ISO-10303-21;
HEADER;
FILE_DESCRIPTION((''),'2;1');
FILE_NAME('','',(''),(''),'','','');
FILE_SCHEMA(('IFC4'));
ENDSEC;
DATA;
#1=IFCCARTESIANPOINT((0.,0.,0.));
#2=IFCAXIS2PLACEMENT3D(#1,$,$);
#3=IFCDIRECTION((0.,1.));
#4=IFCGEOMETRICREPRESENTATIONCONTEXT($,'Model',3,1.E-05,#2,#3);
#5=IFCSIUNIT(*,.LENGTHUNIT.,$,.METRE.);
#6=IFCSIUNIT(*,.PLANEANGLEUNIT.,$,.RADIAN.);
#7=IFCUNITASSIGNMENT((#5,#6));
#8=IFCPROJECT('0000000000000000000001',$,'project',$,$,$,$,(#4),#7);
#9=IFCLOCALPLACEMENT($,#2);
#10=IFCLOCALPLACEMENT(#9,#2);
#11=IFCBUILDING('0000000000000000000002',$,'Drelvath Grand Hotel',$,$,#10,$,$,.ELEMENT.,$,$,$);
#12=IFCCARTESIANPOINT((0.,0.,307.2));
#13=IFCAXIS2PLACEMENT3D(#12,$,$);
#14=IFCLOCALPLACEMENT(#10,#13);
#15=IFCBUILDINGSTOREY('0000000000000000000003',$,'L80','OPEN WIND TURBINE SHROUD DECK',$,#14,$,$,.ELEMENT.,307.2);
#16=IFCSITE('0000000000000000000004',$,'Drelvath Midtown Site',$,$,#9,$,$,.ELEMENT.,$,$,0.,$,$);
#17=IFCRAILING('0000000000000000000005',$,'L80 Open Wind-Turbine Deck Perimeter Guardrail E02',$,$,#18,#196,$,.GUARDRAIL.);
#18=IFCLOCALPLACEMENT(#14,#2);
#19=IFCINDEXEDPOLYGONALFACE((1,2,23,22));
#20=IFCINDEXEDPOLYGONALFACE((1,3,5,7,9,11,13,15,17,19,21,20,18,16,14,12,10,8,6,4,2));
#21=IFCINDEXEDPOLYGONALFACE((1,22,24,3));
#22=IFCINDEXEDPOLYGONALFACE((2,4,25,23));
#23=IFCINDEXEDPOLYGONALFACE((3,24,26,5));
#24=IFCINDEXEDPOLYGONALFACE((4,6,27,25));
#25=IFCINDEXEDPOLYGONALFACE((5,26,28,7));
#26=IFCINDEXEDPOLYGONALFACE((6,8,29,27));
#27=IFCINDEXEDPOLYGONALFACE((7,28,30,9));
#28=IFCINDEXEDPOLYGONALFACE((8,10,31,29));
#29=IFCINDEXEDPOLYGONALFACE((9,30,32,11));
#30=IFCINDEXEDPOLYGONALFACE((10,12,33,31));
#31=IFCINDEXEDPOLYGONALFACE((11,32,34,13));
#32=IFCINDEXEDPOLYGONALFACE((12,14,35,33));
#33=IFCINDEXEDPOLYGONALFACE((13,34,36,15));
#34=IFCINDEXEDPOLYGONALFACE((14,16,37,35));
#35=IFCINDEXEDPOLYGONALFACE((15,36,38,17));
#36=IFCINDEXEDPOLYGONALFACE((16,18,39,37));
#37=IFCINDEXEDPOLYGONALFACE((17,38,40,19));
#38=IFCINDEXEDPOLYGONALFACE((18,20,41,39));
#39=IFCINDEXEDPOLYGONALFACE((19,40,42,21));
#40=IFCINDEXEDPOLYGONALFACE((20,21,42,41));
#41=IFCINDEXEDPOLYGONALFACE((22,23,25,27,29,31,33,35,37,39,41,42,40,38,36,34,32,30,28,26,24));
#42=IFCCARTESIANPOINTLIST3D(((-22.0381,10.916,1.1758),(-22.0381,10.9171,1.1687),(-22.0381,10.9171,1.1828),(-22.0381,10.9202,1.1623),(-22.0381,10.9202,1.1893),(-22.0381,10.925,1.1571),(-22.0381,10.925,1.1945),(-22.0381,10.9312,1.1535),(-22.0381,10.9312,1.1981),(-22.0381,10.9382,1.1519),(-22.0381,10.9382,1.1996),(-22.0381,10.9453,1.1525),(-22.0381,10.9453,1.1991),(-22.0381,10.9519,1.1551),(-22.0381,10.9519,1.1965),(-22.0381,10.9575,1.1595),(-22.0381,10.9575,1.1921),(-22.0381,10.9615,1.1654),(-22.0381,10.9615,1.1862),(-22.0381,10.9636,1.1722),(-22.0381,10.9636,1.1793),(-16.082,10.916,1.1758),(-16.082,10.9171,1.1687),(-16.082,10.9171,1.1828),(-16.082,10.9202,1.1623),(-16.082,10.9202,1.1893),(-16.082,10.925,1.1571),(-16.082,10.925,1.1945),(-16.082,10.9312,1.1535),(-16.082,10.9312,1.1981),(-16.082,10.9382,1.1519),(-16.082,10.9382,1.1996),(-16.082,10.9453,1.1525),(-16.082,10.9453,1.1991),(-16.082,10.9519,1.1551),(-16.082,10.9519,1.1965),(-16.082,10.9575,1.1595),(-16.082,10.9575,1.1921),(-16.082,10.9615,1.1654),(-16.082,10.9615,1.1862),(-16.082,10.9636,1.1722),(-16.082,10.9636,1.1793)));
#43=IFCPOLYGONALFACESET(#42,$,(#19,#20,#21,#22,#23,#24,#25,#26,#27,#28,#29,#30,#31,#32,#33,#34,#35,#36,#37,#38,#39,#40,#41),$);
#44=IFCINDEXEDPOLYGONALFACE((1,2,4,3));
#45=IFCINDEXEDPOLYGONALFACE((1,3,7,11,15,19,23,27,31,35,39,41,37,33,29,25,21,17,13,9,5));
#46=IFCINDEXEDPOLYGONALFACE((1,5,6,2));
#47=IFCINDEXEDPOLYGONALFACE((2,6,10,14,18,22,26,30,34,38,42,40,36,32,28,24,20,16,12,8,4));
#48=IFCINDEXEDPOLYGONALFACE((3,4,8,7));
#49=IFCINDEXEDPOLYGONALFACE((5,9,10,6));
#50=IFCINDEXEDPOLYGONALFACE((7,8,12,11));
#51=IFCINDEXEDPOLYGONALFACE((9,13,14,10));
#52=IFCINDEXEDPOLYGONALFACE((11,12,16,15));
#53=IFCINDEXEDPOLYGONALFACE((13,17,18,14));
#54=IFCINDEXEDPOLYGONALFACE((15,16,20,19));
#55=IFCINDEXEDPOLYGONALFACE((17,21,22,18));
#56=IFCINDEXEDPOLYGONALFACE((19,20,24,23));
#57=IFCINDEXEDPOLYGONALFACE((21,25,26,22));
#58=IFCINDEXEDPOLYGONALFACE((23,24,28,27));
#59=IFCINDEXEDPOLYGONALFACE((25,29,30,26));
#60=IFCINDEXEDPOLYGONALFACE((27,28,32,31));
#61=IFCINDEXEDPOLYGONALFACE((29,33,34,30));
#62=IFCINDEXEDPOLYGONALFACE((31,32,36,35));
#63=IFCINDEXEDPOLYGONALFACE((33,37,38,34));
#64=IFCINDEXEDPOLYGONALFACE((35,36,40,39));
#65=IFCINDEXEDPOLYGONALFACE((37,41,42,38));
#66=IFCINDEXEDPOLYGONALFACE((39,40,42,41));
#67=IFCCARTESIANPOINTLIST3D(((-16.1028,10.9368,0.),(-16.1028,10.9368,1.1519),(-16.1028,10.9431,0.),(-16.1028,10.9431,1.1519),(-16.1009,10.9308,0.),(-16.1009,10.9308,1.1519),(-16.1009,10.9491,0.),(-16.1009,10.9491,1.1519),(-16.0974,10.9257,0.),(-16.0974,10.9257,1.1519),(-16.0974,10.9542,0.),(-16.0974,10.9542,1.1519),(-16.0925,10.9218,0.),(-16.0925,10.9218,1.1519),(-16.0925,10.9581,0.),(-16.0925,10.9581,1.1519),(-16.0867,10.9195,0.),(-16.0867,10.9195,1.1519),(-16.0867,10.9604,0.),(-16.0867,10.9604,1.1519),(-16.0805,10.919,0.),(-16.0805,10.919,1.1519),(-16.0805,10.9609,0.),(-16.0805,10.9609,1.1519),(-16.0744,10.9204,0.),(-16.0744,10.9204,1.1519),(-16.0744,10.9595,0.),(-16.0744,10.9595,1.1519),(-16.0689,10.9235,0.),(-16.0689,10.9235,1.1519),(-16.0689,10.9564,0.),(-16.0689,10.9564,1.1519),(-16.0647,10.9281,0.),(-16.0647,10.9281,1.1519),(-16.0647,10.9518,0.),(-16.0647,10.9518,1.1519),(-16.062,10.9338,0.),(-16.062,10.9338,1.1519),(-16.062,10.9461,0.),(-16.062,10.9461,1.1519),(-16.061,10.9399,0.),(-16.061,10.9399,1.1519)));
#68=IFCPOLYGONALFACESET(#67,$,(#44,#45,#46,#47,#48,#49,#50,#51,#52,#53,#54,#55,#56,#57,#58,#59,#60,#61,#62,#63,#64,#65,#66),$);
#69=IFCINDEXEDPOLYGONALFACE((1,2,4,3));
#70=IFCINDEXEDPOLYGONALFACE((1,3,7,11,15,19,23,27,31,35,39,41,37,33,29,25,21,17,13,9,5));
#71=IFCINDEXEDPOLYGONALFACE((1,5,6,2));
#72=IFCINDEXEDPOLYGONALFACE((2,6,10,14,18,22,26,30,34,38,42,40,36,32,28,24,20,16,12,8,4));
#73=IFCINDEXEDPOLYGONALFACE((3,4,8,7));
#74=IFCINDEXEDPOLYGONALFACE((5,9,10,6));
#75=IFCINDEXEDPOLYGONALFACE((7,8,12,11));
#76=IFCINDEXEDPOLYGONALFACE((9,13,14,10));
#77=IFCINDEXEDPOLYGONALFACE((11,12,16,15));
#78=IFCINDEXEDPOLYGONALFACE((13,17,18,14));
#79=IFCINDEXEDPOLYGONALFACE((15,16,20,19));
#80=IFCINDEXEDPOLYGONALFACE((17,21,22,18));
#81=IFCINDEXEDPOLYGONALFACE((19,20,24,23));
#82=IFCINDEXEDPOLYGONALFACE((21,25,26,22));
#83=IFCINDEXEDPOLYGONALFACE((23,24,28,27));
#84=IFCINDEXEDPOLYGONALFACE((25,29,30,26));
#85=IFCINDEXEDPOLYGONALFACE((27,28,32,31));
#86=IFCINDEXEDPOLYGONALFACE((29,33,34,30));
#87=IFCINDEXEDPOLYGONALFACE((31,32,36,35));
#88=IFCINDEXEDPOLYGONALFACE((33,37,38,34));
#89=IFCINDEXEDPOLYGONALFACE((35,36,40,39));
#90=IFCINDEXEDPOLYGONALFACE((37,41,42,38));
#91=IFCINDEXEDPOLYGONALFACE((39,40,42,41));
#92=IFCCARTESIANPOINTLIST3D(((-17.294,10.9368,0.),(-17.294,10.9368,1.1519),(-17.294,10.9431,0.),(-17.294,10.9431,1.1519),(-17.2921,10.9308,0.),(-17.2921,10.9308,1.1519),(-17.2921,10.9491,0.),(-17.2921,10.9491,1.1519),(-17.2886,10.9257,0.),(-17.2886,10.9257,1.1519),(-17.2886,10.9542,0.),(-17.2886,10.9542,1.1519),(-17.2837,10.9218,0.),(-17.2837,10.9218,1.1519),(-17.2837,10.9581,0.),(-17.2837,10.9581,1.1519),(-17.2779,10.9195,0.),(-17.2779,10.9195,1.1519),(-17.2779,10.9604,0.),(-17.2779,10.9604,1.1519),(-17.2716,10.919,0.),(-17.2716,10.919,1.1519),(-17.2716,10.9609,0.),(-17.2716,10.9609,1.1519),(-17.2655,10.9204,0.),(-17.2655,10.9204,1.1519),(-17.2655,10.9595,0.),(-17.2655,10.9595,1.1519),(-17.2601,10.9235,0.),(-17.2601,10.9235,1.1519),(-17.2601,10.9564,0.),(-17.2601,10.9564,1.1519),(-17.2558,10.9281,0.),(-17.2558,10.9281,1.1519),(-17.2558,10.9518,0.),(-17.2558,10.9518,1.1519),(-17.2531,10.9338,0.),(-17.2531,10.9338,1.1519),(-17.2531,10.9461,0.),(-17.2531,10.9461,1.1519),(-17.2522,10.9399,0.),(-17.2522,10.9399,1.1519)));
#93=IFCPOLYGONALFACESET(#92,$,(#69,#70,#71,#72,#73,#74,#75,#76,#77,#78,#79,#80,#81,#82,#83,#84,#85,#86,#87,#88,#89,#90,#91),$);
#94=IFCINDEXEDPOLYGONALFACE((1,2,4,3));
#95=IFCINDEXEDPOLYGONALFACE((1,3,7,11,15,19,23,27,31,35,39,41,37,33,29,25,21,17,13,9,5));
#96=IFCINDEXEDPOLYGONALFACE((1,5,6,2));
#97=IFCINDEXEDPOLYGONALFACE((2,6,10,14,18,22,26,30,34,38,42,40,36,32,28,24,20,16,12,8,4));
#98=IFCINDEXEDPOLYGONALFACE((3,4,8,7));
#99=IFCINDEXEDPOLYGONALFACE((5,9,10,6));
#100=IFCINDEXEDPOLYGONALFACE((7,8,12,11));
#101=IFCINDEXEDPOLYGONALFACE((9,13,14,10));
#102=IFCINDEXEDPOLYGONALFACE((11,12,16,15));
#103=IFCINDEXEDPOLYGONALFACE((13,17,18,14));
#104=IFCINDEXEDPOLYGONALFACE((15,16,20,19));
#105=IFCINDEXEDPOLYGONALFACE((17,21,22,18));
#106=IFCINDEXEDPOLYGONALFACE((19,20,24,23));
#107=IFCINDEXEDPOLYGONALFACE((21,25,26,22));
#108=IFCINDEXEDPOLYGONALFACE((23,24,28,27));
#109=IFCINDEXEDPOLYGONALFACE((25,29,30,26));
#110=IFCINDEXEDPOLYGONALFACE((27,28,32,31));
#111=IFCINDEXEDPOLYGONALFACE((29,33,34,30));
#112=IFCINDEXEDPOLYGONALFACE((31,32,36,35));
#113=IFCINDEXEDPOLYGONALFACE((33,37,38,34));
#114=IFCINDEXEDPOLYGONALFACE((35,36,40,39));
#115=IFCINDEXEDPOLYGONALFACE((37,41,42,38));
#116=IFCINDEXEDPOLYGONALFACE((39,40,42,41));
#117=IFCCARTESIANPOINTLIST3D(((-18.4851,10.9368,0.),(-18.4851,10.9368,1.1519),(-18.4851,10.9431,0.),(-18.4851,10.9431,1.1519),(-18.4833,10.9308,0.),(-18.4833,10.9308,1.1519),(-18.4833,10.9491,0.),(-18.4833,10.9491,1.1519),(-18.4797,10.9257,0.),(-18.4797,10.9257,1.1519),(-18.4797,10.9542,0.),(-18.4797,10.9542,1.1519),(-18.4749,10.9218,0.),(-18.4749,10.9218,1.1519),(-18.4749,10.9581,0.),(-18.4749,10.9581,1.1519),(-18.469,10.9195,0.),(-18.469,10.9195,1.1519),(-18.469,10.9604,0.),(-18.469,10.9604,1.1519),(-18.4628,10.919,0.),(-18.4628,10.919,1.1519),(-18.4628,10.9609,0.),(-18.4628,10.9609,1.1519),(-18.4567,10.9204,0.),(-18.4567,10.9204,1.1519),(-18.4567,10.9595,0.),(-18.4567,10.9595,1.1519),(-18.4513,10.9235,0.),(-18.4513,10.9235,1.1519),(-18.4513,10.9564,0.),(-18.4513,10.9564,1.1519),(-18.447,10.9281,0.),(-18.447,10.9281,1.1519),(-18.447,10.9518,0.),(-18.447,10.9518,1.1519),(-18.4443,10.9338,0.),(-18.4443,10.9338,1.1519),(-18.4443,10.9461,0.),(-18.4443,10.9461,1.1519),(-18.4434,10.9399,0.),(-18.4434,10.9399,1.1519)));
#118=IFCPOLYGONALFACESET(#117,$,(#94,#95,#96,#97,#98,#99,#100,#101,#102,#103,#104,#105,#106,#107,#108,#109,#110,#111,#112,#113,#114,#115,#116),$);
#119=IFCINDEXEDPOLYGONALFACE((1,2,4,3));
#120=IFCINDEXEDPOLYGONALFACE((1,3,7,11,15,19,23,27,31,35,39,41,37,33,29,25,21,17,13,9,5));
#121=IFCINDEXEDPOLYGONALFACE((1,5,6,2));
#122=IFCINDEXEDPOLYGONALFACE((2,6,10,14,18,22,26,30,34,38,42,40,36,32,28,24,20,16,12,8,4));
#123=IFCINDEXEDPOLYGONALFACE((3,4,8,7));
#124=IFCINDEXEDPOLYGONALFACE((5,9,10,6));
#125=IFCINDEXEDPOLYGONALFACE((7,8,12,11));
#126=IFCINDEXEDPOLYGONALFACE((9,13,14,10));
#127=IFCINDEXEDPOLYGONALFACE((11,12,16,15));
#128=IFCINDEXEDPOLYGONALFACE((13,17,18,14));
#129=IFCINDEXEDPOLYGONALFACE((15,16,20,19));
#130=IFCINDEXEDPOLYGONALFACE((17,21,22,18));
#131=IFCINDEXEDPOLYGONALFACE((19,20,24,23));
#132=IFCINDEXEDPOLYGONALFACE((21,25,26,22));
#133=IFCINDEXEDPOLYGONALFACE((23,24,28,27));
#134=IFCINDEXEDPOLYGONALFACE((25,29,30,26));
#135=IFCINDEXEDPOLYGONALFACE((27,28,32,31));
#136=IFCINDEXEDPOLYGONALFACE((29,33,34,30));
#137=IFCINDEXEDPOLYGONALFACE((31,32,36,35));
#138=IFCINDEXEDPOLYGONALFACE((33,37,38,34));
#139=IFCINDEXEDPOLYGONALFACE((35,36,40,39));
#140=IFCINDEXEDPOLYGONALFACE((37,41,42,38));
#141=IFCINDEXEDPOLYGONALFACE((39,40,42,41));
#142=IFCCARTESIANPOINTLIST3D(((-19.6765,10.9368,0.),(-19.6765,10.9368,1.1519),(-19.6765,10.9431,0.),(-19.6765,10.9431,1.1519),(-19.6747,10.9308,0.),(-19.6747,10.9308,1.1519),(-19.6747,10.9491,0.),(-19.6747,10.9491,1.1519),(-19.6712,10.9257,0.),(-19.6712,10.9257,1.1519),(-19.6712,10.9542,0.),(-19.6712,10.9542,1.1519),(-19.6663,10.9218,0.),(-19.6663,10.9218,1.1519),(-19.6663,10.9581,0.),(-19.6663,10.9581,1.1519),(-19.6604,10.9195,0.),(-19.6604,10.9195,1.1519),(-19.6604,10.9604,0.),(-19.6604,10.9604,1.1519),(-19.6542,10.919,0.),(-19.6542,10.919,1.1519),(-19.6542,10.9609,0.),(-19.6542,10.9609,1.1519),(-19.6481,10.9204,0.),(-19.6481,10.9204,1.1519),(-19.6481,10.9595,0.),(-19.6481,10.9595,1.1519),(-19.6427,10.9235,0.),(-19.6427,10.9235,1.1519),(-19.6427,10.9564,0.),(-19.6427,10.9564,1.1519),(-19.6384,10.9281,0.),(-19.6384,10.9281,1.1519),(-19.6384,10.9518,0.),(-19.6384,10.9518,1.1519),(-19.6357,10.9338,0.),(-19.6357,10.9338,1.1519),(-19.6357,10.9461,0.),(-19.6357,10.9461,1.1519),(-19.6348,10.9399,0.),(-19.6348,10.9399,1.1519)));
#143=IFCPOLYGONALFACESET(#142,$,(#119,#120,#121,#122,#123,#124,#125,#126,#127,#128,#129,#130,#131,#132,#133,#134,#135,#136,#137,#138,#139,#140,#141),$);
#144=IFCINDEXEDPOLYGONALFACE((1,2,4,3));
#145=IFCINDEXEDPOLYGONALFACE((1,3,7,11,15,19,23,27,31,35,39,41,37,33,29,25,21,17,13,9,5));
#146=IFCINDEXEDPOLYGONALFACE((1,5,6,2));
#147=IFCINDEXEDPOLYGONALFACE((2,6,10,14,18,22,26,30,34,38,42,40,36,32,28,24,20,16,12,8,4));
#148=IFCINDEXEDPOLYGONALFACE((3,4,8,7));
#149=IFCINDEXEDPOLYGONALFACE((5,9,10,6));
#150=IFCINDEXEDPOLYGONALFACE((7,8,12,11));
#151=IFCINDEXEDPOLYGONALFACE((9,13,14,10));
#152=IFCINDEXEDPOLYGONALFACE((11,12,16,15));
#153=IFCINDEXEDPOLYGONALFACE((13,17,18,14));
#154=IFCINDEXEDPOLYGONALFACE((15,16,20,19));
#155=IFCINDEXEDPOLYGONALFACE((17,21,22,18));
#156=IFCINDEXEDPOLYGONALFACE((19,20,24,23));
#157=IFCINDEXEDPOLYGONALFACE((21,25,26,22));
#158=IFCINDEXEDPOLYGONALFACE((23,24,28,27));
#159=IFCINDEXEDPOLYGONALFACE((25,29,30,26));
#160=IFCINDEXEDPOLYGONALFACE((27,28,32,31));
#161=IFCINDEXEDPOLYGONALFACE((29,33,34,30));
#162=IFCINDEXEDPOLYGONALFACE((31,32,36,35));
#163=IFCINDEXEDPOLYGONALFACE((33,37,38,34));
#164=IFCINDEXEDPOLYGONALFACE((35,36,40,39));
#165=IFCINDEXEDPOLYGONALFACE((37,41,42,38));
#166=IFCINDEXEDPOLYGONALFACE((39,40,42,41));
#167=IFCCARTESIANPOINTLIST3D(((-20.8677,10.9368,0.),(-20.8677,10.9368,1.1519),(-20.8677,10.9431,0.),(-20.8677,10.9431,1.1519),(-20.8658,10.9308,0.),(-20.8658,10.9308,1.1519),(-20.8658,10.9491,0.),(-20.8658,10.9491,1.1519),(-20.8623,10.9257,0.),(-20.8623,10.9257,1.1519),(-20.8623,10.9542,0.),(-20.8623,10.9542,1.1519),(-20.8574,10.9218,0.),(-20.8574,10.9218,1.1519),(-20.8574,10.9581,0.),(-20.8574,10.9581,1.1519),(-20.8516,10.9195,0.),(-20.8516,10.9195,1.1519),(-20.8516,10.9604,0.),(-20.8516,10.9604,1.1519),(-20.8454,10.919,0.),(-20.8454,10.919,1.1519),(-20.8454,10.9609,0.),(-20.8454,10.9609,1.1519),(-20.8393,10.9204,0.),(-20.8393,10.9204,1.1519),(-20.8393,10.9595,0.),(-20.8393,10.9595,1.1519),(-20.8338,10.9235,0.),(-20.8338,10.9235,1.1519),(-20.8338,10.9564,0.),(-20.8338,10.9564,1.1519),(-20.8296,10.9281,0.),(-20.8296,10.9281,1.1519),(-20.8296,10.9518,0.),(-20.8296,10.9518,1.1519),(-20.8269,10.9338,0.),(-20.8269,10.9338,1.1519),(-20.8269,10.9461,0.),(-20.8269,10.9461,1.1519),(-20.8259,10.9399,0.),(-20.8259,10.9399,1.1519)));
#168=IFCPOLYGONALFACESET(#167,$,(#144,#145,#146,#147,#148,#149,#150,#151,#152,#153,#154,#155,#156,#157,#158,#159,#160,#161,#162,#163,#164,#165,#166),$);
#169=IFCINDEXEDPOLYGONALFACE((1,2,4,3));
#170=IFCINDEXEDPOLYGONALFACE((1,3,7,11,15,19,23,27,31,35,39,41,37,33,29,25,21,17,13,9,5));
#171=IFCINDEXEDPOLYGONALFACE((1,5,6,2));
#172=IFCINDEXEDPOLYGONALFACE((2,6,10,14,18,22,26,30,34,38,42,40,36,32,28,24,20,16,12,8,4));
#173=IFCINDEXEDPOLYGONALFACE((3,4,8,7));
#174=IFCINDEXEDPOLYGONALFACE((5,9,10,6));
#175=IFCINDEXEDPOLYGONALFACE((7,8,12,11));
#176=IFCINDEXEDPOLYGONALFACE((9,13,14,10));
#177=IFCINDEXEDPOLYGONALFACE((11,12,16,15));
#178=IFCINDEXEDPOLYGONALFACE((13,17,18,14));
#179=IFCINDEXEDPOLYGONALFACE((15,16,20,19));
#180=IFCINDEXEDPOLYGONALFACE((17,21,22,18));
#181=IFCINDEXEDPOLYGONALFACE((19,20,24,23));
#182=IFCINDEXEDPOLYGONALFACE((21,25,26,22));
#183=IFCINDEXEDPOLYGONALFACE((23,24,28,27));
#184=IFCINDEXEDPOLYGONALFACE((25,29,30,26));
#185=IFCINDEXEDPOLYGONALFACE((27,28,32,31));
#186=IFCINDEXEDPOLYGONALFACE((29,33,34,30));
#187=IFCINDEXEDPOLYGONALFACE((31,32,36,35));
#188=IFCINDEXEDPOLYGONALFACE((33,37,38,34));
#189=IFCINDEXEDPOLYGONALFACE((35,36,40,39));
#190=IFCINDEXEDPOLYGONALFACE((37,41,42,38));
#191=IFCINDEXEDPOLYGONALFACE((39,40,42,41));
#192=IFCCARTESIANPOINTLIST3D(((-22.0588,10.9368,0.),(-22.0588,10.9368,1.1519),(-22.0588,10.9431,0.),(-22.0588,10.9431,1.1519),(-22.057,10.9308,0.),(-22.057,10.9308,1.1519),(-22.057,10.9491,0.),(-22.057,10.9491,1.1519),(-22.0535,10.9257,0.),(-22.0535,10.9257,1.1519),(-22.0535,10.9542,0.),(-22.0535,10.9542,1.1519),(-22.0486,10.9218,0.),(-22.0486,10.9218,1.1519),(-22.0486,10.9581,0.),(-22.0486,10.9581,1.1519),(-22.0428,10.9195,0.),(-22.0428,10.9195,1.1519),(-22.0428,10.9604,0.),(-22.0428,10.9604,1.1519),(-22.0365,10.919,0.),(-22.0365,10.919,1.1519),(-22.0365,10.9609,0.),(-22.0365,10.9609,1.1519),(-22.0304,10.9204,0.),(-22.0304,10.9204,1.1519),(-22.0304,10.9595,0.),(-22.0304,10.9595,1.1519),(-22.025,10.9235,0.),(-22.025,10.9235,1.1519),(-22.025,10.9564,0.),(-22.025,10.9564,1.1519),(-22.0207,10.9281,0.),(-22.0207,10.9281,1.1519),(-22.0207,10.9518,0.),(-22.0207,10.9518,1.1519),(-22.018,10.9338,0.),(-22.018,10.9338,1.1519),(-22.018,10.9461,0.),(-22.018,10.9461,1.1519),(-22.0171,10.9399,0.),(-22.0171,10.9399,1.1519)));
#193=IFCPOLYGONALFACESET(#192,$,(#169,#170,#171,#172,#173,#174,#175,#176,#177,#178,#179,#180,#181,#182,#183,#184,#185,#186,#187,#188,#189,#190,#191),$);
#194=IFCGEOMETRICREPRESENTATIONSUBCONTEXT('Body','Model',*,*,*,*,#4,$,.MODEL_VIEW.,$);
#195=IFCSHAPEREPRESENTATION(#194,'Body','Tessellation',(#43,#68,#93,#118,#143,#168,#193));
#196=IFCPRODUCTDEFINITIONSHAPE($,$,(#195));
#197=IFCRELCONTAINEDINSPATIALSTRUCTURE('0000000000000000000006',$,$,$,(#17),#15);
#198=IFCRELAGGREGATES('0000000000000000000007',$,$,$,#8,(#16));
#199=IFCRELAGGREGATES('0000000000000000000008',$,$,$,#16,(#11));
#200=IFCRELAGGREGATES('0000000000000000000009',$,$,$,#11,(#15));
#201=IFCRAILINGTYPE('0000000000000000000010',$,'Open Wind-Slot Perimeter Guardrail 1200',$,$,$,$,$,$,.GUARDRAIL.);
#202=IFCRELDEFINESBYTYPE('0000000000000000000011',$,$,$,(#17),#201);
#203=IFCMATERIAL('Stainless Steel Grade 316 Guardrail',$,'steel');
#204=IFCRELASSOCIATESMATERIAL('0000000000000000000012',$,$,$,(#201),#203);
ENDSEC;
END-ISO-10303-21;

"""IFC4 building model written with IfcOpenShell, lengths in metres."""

from ifc_helpers import new_model, si_unit, direction, frame, origin, origin_2d, place, context, subcontext, project, spatial, circle, extrude, material, type_object, element, save


model = new_model("IFC4")

# Units and contexts
model_context = context("Model", 3, precision=1e-05, world=origin(), true_north=direction((0.0, 1.0)))
body_context = subcontext(model_context, "Body", "Model", "MODEL_VIEW")
ifc_project = project(units=[si_unit("LENGTHUNIT", "METRE"), si_unit("PLANEANGLEUNIT", "RADIAN")], contexts=[model_context])

# Site, building, storey
site_placement = place(None, origin())
site = spatial("IfcSite", under=ifc_project, at=site_placement, Name="Drelvath Midtown Site", CompositionType="ELEMENT", RefElevation=0.0)
building_placement = place(site_placement, origin())
building = spatial("IfcBuilding", under=site, at=building_placement, Name="Drelvath Grand Hotel", CompositionType="ELEMENT")
storey_placement = place(building_placement, frame((0.0, 0.0, 307.2)))
storey = spatial("IfcBuildingStorey", under=building, at=storey_placement, Name="L80", Description="OPEN WIND TURBINE SHROUD DECK", CompositionType="ELEMENT", Elevation=307.2)

# Railing
ifc_material_1 = material(Name="Stainless Steel Grade 316 Guardrail", Category="steel")
railing_type = type_object("IfcRailingType", Name="Open Wind-Slot Perimeter Guardrail 1200", PredefinedType="GUARDRAIL", material=ifc_material_1)
railing_1_placement = place(storey_placement, frame((-16.082, 10.9399, 0.0)))
element("IfcRailing", 1, at=railing_1_placement, inside=storey, type_object=railing_type, Name="L80 Open Wind-Turbine Deck Perimeter Guardrail E02", PredefinedType="GUARDRAIL", context=body_context, shape_type="SweptSolid", body=[
    extrude(circle(Radius=0.0239, at=origin_2d()), frame((0.0, 0.0, 1.1758), z_axis=(-1.0, 0.0, 0.0), x_axis=(0.0, -1.0, 0.0)), (0.0, 0.0, 1.0), 5.9561),
    extrude(circle(Radius=0.021, at=origin_2d()), origin(), (0.0, 0.0, 1.0), 1.1519),
    extrude(circle(Radius=0.021, at=origin_2d()), frame((-1.1912, 0.0, 0.0)), (0.0, 0.0, 1.0), 1.1519),
    extrude(circle(Radius=0.021, at=origin_2d()), frame((-2.3823, 0.0, 0.0)), (0.0, 0.0, 1.0), 1.1519),
    extrude(circle(Radius=0.021, at=origin_2d()), frame((-3.5737, 0.0, 0.0)), (0.0, 0.0, 1.0), 1.1519),
    extrude(circle(Radius=0.021, at=origin_2d()), frame((-4.7649, 0.0, 0.0)), (0.0, 0.0, 1.0), 1.1519),
    extrude(circle(Radius=0.021, at=origin_2d()), frame((-5.9561, 0.0, 0.0)), (0.0, 0.0, 1.0), 1.1519),
])

save(model, "model.ifc")
